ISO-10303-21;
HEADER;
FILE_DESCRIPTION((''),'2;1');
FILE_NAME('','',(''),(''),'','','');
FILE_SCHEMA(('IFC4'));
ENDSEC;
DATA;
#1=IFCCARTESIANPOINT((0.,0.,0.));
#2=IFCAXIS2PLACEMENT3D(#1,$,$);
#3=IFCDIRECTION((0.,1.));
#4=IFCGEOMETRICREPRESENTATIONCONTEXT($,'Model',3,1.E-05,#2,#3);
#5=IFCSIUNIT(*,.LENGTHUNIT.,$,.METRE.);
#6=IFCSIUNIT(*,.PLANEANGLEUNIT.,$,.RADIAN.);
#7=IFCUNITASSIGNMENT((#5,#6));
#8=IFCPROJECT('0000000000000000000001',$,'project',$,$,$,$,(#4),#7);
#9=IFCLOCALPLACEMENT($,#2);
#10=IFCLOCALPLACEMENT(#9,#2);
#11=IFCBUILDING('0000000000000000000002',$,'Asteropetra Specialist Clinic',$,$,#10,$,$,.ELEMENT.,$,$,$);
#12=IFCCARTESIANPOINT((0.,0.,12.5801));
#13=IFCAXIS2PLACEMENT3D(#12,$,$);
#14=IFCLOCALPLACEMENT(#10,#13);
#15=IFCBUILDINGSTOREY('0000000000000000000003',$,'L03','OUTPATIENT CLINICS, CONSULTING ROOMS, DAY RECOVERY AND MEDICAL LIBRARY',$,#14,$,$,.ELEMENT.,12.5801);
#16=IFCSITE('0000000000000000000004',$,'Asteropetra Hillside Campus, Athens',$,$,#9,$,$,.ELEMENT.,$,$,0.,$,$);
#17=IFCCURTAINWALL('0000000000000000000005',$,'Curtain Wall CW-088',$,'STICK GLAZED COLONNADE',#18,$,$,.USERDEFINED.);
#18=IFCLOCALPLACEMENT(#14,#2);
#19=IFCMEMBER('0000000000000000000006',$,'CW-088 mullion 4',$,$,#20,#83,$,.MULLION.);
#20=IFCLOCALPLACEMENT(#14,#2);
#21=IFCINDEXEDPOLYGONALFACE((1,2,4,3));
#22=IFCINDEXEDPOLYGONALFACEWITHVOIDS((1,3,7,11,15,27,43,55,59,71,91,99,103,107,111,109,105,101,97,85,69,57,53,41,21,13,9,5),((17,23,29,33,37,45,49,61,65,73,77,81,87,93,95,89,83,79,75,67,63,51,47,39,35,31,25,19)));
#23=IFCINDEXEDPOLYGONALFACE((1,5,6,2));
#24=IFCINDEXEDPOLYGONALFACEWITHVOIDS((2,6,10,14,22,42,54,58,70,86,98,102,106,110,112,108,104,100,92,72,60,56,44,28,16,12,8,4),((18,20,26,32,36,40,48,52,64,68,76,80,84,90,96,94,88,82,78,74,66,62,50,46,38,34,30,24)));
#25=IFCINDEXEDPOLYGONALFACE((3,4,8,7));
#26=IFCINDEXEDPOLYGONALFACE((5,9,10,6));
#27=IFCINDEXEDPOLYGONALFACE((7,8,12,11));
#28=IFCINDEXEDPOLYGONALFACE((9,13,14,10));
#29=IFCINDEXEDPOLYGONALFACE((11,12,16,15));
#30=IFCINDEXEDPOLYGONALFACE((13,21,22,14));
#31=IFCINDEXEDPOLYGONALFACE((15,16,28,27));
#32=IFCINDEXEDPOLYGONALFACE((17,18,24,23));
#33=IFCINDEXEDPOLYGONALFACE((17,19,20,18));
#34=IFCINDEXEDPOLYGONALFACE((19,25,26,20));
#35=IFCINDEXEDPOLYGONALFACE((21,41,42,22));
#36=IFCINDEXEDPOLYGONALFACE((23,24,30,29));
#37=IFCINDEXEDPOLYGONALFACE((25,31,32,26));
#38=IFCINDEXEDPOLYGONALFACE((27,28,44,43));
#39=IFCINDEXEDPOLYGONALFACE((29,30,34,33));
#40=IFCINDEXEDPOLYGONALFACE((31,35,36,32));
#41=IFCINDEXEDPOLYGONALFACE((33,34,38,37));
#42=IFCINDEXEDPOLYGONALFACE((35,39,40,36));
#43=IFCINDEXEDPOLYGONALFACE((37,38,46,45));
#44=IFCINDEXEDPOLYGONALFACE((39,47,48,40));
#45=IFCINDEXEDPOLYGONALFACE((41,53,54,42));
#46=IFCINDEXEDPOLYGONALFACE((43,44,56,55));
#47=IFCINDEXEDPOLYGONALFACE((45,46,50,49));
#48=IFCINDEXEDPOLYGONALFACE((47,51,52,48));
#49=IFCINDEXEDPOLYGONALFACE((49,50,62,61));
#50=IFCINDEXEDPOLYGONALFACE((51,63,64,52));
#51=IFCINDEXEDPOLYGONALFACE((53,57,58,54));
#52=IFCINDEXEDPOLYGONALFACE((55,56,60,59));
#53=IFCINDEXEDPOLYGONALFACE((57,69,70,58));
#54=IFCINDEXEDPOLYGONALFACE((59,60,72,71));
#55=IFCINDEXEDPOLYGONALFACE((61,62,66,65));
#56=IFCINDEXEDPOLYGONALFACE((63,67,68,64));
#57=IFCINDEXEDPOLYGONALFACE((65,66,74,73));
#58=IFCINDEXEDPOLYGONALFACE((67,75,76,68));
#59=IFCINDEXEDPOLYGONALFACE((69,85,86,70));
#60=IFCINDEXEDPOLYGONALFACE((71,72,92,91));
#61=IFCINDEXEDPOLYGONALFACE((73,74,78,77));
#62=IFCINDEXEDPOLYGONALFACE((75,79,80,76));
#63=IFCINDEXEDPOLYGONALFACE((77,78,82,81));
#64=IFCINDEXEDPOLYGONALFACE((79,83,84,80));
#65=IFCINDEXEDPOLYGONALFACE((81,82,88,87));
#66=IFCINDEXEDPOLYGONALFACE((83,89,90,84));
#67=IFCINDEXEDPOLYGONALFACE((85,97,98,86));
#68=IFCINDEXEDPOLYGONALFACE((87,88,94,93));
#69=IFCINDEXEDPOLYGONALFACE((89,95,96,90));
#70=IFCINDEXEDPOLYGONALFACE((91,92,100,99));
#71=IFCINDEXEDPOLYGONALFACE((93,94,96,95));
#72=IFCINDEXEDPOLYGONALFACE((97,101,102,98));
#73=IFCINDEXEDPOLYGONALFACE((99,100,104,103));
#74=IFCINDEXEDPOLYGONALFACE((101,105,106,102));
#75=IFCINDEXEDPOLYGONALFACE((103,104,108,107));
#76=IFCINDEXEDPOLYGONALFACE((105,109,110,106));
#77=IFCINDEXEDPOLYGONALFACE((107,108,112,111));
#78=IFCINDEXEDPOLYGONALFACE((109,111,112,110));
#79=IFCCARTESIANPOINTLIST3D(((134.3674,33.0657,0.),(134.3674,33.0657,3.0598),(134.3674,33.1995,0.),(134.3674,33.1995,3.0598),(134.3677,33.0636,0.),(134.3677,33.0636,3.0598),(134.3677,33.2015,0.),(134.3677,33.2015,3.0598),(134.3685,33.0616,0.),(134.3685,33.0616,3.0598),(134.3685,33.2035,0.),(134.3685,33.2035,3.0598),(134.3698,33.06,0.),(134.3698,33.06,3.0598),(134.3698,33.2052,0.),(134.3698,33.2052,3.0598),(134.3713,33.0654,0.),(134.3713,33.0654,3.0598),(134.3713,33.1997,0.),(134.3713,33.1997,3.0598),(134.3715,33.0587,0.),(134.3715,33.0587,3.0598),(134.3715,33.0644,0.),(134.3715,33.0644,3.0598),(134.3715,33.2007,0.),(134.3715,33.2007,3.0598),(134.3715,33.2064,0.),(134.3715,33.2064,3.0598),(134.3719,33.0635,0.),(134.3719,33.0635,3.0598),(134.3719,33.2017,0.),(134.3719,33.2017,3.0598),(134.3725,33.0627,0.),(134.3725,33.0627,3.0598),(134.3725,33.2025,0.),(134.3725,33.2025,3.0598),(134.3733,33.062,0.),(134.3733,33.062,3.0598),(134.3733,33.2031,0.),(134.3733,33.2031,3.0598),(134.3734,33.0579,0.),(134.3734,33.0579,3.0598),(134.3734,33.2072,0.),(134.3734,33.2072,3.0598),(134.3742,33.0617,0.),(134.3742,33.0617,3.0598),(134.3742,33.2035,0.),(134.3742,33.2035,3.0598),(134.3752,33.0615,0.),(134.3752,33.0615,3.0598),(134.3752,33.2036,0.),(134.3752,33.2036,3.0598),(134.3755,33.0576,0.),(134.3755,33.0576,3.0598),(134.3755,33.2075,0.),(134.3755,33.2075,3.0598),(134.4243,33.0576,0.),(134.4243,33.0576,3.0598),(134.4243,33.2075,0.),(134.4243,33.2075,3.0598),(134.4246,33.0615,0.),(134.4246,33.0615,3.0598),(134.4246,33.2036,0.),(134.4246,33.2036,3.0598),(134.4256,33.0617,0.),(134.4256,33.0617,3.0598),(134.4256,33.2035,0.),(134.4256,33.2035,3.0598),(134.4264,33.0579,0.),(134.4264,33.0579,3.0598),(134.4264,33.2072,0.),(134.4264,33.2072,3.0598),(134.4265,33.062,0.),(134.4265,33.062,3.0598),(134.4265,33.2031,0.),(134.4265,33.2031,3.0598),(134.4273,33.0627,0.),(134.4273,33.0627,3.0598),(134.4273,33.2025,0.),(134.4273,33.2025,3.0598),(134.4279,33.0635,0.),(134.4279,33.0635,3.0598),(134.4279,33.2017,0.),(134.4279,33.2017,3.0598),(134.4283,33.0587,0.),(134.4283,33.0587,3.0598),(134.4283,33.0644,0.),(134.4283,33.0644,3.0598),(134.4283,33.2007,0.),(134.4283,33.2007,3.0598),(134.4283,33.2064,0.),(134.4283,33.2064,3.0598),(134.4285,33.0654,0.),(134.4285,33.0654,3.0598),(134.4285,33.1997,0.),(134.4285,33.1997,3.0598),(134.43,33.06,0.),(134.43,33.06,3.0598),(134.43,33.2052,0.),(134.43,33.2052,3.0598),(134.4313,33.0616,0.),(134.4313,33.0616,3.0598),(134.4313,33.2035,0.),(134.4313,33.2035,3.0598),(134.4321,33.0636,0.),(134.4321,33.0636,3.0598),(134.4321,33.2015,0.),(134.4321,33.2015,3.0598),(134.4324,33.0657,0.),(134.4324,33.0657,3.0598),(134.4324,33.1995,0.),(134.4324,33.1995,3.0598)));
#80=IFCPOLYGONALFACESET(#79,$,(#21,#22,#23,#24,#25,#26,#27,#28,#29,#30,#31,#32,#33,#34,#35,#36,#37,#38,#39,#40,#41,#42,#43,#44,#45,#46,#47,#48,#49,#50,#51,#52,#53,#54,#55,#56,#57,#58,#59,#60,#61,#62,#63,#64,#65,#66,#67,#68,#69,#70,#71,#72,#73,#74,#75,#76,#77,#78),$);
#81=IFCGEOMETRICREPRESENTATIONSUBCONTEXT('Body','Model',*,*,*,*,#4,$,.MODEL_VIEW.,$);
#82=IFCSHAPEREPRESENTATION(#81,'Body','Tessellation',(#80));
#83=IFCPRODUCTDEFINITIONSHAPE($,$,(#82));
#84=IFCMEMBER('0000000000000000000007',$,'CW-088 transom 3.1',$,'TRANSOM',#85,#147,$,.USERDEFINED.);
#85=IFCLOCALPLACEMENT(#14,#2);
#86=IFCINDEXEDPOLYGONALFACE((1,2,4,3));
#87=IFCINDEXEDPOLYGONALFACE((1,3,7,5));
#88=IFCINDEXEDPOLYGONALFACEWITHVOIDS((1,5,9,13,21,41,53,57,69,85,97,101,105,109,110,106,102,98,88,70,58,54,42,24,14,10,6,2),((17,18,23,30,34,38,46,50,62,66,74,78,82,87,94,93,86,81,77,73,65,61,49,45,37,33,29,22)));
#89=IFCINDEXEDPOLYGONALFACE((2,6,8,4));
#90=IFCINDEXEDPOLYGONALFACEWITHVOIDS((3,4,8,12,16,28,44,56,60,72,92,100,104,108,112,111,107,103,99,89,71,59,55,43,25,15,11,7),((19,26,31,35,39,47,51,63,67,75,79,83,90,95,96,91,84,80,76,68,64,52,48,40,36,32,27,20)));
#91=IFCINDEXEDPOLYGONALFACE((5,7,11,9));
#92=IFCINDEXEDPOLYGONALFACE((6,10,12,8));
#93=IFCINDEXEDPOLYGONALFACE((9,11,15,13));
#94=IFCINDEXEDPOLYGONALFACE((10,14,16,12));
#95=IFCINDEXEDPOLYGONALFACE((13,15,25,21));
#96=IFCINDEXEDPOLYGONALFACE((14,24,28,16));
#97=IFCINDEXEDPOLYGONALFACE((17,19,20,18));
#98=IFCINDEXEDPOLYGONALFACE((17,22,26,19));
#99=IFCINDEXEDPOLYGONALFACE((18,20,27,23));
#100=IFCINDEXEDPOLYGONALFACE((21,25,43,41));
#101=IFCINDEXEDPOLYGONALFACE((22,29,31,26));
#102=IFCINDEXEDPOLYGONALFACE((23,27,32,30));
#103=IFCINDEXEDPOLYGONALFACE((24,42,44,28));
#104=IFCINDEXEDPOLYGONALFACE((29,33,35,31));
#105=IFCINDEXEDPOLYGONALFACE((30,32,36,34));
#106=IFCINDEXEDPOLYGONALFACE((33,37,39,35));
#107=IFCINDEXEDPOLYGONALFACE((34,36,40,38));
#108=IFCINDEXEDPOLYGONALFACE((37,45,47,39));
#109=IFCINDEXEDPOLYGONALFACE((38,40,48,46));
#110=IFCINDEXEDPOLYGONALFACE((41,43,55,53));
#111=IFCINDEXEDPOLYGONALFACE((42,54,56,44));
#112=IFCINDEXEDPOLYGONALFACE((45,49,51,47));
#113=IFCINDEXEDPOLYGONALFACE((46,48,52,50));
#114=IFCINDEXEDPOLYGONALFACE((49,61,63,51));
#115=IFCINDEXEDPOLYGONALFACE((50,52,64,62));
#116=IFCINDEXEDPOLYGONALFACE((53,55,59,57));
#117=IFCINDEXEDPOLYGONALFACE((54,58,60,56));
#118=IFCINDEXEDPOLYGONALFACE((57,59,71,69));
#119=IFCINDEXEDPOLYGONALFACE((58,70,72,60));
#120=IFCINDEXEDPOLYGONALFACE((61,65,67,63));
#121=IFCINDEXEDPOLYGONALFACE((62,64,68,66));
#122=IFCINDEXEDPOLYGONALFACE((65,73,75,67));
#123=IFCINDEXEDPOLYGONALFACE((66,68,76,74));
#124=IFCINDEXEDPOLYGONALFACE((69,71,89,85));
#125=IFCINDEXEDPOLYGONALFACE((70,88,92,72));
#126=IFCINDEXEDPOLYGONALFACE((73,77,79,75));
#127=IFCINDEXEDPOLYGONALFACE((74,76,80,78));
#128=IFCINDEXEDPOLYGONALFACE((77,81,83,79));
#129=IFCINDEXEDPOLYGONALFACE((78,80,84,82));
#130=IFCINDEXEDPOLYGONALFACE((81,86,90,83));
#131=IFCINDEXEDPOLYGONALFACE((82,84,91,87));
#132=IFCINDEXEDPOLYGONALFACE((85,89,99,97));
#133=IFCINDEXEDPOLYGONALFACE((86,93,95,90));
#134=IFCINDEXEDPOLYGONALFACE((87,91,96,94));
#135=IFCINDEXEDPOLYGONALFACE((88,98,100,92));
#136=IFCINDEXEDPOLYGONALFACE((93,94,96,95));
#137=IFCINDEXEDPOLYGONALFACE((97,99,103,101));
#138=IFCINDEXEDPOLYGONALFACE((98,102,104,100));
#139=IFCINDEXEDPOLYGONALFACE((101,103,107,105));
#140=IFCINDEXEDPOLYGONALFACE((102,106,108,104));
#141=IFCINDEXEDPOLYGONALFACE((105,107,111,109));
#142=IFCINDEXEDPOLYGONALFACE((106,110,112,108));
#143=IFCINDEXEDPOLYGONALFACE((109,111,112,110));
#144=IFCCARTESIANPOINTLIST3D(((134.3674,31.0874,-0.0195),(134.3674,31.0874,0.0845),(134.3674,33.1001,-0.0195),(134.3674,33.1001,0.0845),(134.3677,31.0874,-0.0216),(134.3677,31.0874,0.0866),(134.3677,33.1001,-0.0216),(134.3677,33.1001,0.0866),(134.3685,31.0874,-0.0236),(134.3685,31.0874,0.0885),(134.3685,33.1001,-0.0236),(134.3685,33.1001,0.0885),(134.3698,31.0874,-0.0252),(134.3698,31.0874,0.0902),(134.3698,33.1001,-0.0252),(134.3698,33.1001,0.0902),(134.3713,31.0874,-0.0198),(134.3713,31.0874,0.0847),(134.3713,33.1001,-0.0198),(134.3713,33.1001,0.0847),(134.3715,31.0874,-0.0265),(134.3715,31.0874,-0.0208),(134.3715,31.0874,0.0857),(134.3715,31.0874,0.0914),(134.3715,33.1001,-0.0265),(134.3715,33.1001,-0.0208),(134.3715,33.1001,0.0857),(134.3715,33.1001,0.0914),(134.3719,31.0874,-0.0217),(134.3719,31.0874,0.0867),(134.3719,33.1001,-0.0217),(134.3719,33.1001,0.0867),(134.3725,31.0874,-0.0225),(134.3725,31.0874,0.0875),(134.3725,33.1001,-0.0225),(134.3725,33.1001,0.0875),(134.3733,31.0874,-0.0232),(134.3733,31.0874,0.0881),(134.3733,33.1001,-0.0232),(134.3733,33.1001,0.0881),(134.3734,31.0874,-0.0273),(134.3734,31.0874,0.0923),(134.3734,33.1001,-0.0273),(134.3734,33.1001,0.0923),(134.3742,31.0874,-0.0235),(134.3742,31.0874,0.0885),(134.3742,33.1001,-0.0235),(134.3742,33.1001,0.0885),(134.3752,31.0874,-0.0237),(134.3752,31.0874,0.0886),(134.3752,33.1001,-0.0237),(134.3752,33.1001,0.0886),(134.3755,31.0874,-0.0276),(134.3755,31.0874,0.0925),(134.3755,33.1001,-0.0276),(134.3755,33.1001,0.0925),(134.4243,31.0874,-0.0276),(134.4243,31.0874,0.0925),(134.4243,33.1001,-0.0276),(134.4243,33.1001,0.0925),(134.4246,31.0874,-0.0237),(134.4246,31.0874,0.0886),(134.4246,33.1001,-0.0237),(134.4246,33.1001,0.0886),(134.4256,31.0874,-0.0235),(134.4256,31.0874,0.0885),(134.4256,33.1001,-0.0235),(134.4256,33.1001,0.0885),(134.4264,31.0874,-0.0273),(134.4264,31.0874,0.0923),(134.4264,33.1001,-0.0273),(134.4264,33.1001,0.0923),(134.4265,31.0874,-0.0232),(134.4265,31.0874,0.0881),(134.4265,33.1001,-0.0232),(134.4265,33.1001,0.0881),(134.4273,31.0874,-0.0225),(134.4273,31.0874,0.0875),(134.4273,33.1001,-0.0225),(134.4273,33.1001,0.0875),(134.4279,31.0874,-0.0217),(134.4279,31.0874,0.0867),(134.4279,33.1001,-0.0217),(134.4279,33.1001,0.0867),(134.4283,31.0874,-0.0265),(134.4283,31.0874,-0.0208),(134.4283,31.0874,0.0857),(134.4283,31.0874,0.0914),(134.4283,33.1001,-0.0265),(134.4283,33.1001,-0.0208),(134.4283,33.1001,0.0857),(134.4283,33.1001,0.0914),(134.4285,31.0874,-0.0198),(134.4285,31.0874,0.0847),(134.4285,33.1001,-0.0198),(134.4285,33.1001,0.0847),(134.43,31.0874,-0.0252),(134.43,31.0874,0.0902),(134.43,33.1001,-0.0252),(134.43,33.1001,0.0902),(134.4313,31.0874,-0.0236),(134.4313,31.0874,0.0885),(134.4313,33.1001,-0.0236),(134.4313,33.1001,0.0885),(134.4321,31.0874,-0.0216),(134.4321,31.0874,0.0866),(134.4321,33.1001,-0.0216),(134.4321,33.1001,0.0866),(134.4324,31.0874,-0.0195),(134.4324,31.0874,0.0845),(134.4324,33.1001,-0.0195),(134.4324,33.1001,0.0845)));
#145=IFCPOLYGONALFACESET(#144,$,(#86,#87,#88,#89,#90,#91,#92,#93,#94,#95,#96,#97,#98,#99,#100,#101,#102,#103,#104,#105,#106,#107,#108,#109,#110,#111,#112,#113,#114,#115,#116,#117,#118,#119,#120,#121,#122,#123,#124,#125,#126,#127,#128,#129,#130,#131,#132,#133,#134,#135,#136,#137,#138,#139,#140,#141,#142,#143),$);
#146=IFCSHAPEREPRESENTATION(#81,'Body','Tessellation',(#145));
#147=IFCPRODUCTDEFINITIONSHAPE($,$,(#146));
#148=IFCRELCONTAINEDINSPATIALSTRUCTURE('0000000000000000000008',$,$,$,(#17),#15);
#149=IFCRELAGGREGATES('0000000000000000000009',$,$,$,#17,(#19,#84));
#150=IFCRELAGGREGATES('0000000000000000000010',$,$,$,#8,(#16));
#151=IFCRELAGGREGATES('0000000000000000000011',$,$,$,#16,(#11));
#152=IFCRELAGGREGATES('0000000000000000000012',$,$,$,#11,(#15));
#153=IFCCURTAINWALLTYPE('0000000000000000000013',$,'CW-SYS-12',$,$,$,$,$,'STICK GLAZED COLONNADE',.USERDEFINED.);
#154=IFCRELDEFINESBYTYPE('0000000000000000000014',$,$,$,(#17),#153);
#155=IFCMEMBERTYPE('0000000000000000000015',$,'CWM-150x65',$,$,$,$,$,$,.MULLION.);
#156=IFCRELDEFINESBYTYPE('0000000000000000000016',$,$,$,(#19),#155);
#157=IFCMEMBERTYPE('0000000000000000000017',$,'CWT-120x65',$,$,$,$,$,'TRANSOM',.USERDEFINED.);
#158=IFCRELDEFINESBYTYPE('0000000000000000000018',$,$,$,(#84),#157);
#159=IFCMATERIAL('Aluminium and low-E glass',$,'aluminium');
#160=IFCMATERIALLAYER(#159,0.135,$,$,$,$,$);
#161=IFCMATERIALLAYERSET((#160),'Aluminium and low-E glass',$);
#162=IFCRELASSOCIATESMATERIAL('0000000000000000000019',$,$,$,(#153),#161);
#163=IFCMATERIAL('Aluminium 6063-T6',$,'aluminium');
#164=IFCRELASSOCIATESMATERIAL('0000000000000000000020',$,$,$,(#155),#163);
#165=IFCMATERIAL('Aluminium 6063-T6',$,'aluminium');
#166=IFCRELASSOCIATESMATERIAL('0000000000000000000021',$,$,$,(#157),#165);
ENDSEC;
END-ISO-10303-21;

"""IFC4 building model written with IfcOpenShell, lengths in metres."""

from ifc_helpers import new_model, si_unit, direction, frame, origin, origin_2d, place, context, subcontext, project, spatial, hollow_rectangle, extrude, material, layer, layer_set, material_profile, profile_set, type_object, element, aggregate, save


model = new_model("IFC4")

# Units and contexts
model_context = context("Model", 3, precision=1e-05, world=origin(), true_north=direction((0.0, 1.0)))
body_context = subcontext(model_context, "Body", "Model", "MODEL_VIEW")
ifc_project = project(units=[si_unit("LENGTHUNIT", "METRE"), si_unit("PLANEANGLEUNIT", "RADIAN")], contexts=[model_context])

# Site, building, storey
site_placement = place(None, origin())
site = spatial("IfcSite", under=ifc_project, at=site_placement, Name="Asteropetra Hillside Campus, Athens", CompositionType="ELEMENT", RefElevation=0.0)
building_placement = place(site_placement, origin())
building = spatial("IfcBuilding", under=site, at=building_placement, Name="Asteropetra Specialist Clinic", CompositionType="ELEMENT")
storey_placement = place(building_placement, frame((0.0, 0.0, 12.5801)))
storey = spatial("IfcBuildingStorey", under=building, at=storey_placement, Name="L03", Description="OUTPATIENT CLINICS, CONSULTING ROOMS, DAY RECOVERY AND MEDICAL LIBRARY", CompositionType="ELEMENT", Elevation=12.5801)

# Curtain wall, members
ifc_material_1 = material(Name="Aluminium and low-E glass", Category="aluminium")
ifc_layer_1 = layer(ifc_material_1, 0.135)
ifc_layer_set_1 = layer_set([ifc_layer_1], Name="Aluminium and low-E glass")
curtain_wall_type = type_object("IfcCurtainWallType", Name="CW-SYS-12", ElementType="STICK GLAZED COLONNADE", PredefinedType="USERDEFINED", material=ifc_layer_set_1)
curtain_wall_placement = place(storey_placement, origin())
curtain_wall = element("IfcCurtainWall", 1, at=curtain_wall_placement, inside=storey, type_object=curtain_wall_type, Name="Curtain Wall CW-088", ObjectType="STICK GLAZED COLONNADE", PredefinedType="USERDEFINED")
ifc_material_2 = material(Name="Aluminium 6063-T6", Category="aluminium")
ifc_material_profile_1 = material_profile(ifc_material_2, hollow_rectangle(XDim=0.0649, YDim=0.1499, WallThickness=0.0039, InnerFilletRadius=0.0039, OuterFilletRadius=0.0081, at=origin_2d()), Name="MUL 150x65x4.0")
ifc_profile_set_1 = profile_set([ifc_material_profile_1], Name="Aluminium 6063-T6")
member_type_1 = type_object("IfcMemberType", Name="CWM-150x65", PredefinedType="MULLION", material=ifc_profile_set_1)
member_1_placement = place(storey_placement, frame((134.3999, 33.1326, 0.0), z_axis=(0.0, 0.0, 1.0), x_axis=(-1.0, 0.0, 0.0)))
member_1 = element("IfcMember", 2, at=member_1_placement, type_object=member_type_1, Name="CW-088 mullion 4", PredefinedType="MULLION", context=body_context, shape_type="SweptSolid", body=[
    extrude(hollow_rectangle(XDim=0.0649, YDim=0.1499, WallThickness=0.0039, InnerFilletRadius=0.0039, OuterFilletRadius=0.0081, at=origin_2d()), origin(), (0.0, 0.0, 1.0), 3.0598),
])
ifc_material_3 = material(Name="Aluminium 6063-T6", Category="aluminium")
ifc_material_profile_2 = material_profile(ifc_material_3, hollow_rectangle(XDim=0.0649, YDim=0.1201, WallThickness=0.0039, InnerFilletRadius=0.0039, OuterFilletRadius=0.0081, at=origin_2d()), Name="TRN 120x65x4.0")
ifc_profile_set_2 = profile_set([ifc_material_profile_2], Name="Aluminium 6063-T6")
member_type_2 = type_object("IfcMemberType", Name="CWT-120x65", ElementType="TRANSOM", PredefinedType="USERDEFINED", material=ifc_profile_set_2)
member_2_placement = place(storey_placement, frame((134.3999, 31.0874, 0.0325), z_axis=(0.0, 1.0, 0.0), x_axis=(-1.0, 0.0, 0.0)))
member_2 = element("IfcMember", 3, at=member_2_placement, type_object=member_type_2, Name="CW-088 transom 3.1", ObjectType="TRANSOM", PredefinedType="USERDEFINED", context=body_context, shape_type="SweptSolid", body=[
    extrude(hollow_rectangle(XDim=0.0649, YDim=0.1201, WallThickness=0.0039, InnerFilletRadius=0.0039, OuterFilletRadius=0.0081, at=origin_2d()), origin(), (0.0, 0.0, 1.0), 2.0127),
])

aggregate(curtain_wall, [member_1, member_2])

save(model, "model.ifc")
